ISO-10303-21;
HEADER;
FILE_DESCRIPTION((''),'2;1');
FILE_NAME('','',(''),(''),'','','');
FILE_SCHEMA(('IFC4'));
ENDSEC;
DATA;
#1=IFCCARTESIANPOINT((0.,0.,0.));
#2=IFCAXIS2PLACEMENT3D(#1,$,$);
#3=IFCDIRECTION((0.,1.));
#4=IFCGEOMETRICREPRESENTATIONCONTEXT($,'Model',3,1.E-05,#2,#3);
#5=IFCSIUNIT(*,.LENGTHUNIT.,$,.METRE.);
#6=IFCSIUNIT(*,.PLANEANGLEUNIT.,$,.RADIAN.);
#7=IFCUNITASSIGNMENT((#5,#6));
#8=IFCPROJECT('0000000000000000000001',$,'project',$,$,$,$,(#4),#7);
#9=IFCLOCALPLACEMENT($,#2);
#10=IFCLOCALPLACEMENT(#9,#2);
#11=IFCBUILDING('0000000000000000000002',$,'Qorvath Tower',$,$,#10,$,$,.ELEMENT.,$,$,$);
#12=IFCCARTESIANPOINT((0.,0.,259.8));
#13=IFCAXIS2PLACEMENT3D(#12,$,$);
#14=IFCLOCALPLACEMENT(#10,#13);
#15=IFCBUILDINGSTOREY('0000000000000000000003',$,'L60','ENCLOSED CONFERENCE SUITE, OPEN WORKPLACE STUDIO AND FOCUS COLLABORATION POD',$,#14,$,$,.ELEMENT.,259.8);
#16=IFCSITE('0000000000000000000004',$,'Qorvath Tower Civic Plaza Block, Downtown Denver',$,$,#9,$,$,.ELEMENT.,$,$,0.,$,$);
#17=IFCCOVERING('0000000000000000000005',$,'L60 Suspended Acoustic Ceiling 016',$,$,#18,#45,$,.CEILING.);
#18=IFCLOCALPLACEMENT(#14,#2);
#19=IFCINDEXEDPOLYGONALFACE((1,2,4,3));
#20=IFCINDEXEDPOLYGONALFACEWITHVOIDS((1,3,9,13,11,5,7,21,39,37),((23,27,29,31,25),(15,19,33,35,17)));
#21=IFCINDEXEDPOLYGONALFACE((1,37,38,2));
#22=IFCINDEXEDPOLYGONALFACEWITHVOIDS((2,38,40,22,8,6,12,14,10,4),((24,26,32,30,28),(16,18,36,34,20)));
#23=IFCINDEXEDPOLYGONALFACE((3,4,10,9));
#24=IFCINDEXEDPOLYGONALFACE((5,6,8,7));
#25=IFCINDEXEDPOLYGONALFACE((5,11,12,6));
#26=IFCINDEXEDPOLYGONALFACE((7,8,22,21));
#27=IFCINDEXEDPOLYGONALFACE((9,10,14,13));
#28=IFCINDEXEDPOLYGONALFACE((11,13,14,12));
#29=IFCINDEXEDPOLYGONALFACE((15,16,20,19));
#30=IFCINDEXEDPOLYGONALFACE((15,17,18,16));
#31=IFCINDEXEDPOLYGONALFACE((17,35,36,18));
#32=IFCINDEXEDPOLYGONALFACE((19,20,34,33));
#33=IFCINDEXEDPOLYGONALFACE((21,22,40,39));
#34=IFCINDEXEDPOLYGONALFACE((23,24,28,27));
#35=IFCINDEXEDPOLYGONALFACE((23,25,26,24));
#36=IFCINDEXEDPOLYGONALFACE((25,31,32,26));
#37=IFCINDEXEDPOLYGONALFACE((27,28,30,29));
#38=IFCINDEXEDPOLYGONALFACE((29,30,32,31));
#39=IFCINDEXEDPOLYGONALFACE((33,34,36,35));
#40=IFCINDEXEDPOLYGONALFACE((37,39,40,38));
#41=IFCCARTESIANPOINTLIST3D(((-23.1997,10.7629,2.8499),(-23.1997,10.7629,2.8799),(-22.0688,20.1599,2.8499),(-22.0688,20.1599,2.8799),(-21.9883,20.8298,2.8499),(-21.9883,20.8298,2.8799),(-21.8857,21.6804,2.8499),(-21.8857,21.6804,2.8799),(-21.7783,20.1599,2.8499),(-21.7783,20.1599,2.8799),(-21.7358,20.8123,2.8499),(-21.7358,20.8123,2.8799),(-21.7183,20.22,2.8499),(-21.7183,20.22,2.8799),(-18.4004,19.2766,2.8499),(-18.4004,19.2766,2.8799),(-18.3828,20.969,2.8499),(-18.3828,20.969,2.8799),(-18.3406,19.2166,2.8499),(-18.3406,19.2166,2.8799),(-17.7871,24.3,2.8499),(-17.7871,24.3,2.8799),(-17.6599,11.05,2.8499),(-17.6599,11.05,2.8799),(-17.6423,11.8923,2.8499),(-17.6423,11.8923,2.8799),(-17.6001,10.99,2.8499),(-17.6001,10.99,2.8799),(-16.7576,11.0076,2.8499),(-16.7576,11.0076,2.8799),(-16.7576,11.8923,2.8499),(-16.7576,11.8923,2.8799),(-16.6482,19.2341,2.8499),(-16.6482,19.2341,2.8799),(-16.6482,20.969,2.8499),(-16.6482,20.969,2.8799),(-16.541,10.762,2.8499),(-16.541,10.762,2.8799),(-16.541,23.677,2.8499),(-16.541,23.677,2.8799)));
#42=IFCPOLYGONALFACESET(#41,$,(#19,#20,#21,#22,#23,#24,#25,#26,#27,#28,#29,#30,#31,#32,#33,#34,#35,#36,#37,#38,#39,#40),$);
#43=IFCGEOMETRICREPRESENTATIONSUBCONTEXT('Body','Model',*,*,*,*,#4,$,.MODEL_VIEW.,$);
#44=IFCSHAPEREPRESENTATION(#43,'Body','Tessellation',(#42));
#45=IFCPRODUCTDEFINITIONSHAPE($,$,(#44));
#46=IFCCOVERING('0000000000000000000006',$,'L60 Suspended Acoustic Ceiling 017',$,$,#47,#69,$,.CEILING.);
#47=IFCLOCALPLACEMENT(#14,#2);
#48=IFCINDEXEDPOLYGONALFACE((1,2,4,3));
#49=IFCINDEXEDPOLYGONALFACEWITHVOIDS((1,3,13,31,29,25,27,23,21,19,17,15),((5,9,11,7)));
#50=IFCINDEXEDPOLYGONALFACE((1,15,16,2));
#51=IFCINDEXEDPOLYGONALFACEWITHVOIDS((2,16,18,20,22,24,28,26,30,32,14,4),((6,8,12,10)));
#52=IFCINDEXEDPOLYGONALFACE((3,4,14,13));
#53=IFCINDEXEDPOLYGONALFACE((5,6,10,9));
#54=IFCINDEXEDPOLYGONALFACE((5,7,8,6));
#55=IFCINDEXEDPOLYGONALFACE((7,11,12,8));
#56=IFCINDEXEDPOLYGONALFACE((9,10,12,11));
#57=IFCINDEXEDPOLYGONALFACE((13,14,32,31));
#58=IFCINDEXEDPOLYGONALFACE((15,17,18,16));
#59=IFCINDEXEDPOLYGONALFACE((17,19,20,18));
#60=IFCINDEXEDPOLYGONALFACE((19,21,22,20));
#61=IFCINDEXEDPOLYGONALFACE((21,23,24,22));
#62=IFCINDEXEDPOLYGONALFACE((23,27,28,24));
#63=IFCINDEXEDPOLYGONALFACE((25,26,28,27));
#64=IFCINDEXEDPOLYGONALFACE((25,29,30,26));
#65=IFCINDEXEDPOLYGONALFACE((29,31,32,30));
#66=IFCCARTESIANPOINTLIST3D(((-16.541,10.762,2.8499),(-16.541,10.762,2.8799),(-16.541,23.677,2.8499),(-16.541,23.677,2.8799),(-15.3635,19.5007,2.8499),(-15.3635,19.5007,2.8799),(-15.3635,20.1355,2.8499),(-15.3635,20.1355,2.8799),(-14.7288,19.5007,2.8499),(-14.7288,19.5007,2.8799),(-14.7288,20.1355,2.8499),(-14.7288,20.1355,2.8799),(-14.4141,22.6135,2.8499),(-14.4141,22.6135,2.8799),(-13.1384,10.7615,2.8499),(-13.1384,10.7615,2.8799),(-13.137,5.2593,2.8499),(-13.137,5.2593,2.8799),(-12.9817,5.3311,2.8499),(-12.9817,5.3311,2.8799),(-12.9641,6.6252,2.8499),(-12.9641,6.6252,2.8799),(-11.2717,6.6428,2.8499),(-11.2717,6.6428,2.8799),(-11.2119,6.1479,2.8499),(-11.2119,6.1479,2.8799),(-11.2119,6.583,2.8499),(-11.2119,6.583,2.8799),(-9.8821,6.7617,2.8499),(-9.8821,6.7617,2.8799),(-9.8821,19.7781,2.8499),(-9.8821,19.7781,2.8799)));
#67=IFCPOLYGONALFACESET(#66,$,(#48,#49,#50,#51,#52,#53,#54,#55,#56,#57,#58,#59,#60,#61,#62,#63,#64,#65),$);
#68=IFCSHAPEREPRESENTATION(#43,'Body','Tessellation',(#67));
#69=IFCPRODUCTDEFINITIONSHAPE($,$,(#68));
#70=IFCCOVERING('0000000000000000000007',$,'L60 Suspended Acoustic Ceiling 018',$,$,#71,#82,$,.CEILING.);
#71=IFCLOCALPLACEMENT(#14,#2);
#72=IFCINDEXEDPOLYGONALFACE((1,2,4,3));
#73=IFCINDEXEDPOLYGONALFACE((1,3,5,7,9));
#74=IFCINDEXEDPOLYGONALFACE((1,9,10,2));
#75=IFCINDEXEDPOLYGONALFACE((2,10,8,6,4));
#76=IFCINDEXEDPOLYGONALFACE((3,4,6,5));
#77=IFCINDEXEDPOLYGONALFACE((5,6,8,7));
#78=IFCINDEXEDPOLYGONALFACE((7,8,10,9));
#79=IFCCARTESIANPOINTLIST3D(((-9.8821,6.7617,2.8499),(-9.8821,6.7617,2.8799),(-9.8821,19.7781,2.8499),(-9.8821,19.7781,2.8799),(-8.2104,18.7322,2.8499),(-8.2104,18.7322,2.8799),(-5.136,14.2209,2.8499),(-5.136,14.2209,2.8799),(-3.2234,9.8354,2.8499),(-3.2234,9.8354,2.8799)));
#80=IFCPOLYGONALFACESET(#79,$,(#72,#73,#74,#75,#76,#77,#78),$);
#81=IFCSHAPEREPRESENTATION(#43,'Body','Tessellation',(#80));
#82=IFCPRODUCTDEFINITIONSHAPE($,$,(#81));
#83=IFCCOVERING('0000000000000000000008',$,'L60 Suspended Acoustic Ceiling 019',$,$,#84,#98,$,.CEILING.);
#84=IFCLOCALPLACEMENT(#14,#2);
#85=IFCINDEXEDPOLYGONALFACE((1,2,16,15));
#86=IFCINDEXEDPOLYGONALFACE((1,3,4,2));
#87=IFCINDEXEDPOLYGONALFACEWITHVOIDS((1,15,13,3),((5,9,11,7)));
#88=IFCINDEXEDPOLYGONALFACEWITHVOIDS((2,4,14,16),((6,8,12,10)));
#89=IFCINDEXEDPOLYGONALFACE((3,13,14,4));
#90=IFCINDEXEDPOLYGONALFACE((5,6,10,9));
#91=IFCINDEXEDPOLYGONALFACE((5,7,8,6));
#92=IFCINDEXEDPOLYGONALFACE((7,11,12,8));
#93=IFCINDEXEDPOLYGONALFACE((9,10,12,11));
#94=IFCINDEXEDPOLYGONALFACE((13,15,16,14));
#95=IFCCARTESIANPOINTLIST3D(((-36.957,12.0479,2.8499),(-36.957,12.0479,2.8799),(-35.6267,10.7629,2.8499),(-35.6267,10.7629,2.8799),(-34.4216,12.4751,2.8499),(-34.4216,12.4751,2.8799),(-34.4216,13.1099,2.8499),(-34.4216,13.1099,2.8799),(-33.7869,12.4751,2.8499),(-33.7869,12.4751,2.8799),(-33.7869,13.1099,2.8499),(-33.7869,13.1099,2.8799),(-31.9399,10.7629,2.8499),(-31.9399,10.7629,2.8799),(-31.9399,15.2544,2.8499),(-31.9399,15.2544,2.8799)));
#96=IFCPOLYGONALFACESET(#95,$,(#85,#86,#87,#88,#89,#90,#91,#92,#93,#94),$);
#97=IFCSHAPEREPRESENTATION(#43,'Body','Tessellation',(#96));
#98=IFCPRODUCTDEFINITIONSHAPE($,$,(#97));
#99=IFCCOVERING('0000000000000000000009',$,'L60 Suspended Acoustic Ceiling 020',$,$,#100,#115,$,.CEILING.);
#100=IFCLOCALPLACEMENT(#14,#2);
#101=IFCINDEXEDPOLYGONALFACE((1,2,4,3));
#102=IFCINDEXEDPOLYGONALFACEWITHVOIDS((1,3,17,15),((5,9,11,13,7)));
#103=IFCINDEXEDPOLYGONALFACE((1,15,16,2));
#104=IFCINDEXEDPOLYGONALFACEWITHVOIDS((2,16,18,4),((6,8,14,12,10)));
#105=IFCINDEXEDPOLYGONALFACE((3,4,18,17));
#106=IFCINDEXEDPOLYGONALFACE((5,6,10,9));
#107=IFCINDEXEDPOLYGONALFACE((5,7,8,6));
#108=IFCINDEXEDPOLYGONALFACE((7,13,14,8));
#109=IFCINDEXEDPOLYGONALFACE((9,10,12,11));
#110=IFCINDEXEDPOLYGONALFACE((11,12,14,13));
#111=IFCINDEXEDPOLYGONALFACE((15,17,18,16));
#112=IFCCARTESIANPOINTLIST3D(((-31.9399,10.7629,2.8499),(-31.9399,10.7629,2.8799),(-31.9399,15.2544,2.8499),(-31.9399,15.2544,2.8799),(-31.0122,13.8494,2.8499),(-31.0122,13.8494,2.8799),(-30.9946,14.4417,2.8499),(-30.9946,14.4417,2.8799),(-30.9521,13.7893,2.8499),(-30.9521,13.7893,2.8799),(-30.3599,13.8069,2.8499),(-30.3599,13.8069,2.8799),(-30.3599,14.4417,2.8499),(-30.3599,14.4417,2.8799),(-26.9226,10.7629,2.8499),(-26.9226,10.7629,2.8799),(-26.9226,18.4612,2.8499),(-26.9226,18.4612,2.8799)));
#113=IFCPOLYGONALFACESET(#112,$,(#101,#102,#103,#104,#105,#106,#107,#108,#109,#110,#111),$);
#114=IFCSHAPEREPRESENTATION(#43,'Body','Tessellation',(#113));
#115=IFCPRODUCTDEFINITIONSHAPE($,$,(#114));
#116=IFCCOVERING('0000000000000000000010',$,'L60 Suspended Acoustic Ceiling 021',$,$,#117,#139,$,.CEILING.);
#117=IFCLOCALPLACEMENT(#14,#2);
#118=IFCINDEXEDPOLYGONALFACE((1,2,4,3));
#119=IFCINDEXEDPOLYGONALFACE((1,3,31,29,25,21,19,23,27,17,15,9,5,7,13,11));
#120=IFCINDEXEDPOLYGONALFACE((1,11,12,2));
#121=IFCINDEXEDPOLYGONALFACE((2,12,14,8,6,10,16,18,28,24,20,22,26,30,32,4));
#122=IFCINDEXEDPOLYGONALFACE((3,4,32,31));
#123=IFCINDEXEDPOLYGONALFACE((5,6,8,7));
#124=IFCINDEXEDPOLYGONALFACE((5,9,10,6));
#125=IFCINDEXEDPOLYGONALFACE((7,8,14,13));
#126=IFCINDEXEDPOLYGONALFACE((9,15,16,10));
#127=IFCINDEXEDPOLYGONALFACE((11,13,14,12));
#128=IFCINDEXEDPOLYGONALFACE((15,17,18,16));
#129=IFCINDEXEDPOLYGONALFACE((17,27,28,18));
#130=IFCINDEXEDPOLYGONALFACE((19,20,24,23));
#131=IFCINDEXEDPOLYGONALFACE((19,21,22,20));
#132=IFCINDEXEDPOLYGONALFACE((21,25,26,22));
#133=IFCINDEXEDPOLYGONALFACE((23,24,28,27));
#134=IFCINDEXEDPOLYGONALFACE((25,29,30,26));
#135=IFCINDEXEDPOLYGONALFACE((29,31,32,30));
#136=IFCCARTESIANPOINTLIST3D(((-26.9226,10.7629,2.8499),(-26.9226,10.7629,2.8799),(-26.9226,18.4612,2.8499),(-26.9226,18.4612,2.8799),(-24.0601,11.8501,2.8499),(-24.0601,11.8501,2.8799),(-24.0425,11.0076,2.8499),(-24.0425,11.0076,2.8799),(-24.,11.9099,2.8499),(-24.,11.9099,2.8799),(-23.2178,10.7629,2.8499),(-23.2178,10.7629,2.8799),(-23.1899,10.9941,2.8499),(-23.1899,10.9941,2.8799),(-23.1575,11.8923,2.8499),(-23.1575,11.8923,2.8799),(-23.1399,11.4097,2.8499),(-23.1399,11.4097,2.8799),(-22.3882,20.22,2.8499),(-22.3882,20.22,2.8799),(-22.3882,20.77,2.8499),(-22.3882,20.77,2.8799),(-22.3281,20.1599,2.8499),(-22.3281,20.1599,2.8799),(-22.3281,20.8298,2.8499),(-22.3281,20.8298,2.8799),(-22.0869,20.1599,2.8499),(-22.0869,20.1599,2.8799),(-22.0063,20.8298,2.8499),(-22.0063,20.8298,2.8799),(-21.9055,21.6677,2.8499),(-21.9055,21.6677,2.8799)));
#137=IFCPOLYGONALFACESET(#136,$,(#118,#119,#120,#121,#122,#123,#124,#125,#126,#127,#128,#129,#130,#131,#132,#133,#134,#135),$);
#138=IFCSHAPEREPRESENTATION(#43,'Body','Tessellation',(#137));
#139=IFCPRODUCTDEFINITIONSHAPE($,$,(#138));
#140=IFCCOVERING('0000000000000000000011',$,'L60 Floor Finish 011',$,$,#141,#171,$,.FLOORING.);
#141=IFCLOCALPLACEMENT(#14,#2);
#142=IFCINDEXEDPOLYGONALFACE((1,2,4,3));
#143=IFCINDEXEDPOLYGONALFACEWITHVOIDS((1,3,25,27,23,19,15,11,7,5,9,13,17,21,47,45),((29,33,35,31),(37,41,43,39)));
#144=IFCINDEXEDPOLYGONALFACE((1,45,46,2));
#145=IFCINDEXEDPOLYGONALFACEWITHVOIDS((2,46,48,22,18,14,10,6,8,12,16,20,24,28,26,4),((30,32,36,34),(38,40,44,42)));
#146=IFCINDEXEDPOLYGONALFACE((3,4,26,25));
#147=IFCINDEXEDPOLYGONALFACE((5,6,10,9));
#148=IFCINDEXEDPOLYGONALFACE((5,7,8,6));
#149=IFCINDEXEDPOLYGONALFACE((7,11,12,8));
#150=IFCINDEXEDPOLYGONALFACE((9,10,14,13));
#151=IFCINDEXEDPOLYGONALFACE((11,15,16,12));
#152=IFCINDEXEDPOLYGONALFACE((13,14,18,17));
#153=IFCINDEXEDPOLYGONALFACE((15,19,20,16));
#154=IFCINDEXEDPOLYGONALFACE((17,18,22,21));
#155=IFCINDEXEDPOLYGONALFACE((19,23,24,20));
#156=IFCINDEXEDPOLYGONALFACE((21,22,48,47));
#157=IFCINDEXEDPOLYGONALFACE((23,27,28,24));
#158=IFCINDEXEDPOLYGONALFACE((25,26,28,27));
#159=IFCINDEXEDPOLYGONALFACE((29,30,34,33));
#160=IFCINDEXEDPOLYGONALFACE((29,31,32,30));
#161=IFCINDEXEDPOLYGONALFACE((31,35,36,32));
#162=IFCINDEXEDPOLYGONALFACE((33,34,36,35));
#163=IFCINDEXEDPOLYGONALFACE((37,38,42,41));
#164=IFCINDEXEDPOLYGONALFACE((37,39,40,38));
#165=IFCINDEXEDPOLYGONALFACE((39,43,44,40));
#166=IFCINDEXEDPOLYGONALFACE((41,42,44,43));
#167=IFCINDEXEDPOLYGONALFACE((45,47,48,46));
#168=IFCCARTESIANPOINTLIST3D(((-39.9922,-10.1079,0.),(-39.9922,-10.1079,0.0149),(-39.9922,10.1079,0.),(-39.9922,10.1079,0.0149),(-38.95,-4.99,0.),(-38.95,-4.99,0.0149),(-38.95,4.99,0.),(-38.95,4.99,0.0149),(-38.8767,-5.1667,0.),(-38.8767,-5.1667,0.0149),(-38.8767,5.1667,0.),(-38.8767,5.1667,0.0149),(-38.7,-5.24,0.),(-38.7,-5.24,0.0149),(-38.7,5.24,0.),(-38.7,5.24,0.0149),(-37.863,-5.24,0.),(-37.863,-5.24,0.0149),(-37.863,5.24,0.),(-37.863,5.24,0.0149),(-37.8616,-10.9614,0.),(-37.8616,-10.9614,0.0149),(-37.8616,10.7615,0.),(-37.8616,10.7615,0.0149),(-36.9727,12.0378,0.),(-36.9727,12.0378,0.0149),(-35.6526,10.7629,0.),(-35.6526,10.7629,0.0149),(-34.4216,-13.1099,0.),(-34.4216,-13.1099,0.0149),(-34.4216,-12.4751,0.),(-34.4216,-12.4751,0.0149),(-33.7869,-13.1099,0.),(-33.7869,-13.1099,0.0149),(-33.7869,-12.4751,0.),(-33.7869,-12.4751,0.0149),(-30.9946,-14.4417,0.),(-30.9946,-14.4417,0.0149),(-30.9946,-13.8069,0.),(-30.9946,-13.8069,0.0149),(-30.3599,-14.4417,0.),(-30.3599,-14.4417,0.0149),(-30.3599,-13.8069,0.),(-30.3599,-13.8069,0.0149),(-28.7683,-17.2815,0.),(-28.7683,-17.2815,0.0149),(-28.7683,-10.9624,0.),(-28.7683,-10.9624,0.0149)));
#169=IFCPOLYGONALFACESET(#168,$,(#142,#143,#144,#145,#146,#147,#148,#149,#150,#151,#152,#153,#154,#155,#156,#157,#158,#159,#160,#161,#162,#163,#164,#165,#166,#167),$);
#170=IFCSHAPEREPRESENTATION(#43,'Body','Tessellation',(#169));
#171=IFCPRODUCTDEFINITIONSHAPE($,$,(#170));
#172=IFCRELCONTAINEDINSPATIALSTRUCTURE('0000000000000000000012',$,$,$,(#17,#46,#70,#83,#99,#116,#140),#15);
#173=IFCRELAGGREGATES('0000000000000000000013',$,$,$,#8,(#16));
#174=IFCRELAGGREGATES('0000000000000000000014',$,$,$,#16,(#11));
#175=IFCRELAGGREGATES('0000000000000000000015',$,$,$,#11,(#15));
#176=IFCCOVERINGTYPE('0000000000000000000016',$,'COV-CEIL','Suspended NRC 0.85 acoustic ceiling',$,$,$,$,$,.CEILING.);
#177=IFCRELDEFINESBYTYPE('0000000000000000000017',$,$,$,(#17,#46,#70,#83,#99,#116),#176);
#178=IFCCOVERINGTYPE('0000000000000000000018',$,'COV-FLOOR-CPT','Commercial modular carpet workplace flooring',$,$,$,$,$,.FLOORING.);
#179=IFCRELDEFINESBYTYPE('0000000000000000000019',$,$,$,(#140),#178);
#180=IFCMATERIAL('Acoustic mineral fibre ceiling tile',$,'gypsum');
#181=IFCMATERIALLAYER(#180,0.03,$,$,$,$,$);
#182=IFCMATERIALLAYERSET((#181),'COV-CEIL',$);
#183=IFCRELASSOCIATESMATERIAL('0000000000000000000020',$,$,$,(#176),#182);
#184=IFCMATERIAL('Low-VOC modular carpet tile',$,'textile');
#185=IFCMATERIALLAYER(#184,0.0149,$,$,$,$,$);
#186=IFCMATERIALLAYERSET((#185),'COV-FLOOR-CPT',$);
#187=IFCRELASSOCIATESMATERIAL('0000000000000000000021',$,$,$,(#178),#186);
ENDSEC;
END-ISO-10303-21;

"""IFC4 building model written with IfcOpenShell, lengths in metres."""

from ifc_helpers import new_model, si_unit, direction, frame, origin, place, context, subcontext, project, spatial, polyline, outline, extrude, material, layer, layer_set, type_object, element, save


model = new_model("IFC4")

# Units and contexts
model_context = context("Model", 3, precision=1e-05, world=origin(), true_north=direction((0.0, 1.0)))
body_context = subcontext(model_context, "Body", "Model", "MODEL_VIEW")
ifc_project = project(units=[si_unit("LENGTHUNIT", "METRE"), si_unit("PLANEANGLEUNIT", "RADIAN")], contexts=[model_context])

# Site, building, storey
site_placement = place(None, origin())
site = spatial("IfcSite", under=ifc_project, at=site_placement, Name="Qorvath Tower Civic Plaza Block, Downtown Denver", CompositionType="ELEMENT", RefElevation=0.0)
building_placement = place(site_placement, origin())
building = spatial("IfcBuilding", under=site, at=building_placement, Name="Qorvath Tower", CompositionType="ELEMENT")
storey_placement = place(building_placement, frame((0.0, 0.0, 259.8)))
storey = spatial("IfcBuildingStorey", under=building, at=storey_placement, Name="L60", Description="ENCLOSED CONFERENCE SUITE, OPEN WORKPLACE STUDIO AND FOCUS COLLABORATION POD", CompositionType="ELEMENT", Elevation=259.8)

# Coverings
ifc_material_1 = material(Name="Acoustic mineral fibre ceiling tile", Category="gypsum")
ifc_layer_1 = layer(ifc_material_1, 0.03)
ifc_layer_set_1 = layer_set([ifc_layer_1], Name="COV-CEIL")
covering_type_1 = type_object("IfcCoveringType", Name="COV-CEIL", Description="Suspended NRC 0.85 acoustic ceiling", PredefinedType="CEILING", material=ifc_layer_set_1)
covering_1_placement = place(storey_placement, frame((0.0, 0.0, 2.8499)))
element("IfcCovering", 1, at=covering_1_placement, inside=storey, type_object=covering_type_1, Name="L60 Suspended Acoustic Ceiling 016", PredefinedType="CEILING", context=body_context, shape_type="SweptSolid", body=[
    extrude(outline(polyline([(-17.7871, 24.3), (-21.8857, 21.6804), (-21.9883, 20.8298), (-21.7358, 20.8123), (-21.7183, 20.22), (-21.7783, 20.1599), (-22.0688, 20.1599), (-23.1997, 10.7629), (-16.541, 10.762), (-16.541, 23.677), (-17.7871, 24.3)]), holes=[polyline([(-18.4004, 19.2766), (-18.3828, 20.969), (-16.6482, 20.969), (-16.6482, 19.2341), (-18.3406, 19.2166), (-18.4004, 19.2766)]), polyline([(-17.6599, 11.05), (-17.6423, 11.8923), (-16.7576, 11.8923), (-16.7576, 11.0076), (-17.6001, 10.99), (-17.6599, 11.05)])]), origin(), (0.0, 0.0, 1.0), 0.03),
])
covering_2_placement = place(storey_placement, frame((0.0, 0.0, 2.8499)))
element("IfcCovering", 2, at=covering_2_placement, inside=storey, type_object=covering_type_1, Name="L60 Suspended Acoustic Ceiling 017", PredefinedType="CEILING", context=body_context, shape_type="SweptSolid", body=[
    extrude(outline(polyline([(-16.541, 23.677), (-16.541, 10.762), (-13.1384, 10.7615), (-13.137, 5.2593), (-12.9817, 5.3311), (-12.9641, 6.6252), (-11.2717, 6.6428), (-11.2119, 6.583), (-11.2119, 6.1479), (-9.8821, 6.7617), (-9.8821, 19.7781), (-14.4141, 22.6135), (-16.541, 23.677)]), holes=[polyline([(-15.3635, 19.5007), (-15.3635, 20.1355), (-14.7288, 20.1355), (-14.7288, 19.5007), (-15.3635, 19.5007)])]), origin(), (0.0, 0.0, 1.0), 0.03),
])
covering_3_placement = place(storey_placement, frame((0.0, 0.0, 2.8499)))
element("IfcCovering", 3, at=covering_3_placement, inside=storey, type_object=covering_type_1, Name="L60 Suspended Acoustic Ceiling 018", PredefinedType="CEILING", context=body_context, shape_type="SweptSolid", body=[
    extrude(outline(polyline([(-9.8821, 19.7781), (-9.8821, 6.7617), (-3.2234, 9.8354), (-5.136, 14.2209), (-8.2104, 18.7322), (-9.8821, 19.7781)])), origin(), (0.0, 0.0, 1.0), 0.03),
])
covering_4_placement = place(storey_placement, frame((0.0, 0.0, 2.8499)))
element("IfcCovering", 4, at=covering_4_placement, inside=storey, type_object=covering_type_1, Name="L60 Suspended Acoustic Ceiling 019", PredefinedType="CEILING", context=body_context, shape_type="SweptSolid", body=[
    extrude(outline(polyline([(-31.9399, 10.7629), (-31.9399, 15.2544), (-36.957, 12.0479), (-35.6267, 10.7629), (-31.9399, 10.7629)]), holes=[polyline([(-34.4216, 12.4751), (-34.4216, 13.1099), (-33.7869, 13.1099), (-33.7869, 12.4751), (-34.4216, 12.4751)])]), origin(), (0.0, 0.0, 1.0), 0.03),
])
covering_5_placement = place(storey_placement, frame((0.0, 0.0, 2.8499)))
element("IfcCovering", 5, at=covering_5_placement, inside=storey, type_object=covering_type_1, Name="L60 Suspended Acoustic Ceiling 020", PredefinedType="CEILING", context=body_context, shape_type="SweptSolid", body=[
    extrude(outline(polyline([(-26.9226, 10.7629), (-26.9226, 18.4612), (-31.9399, 15.2544), (-31.9399, 10.7629), (-26.9226, 10.7629)]), holes=[polyline([(-31.0122, 13.8494), (-30.9946, 14.4417), (-30.3599, 14.4417), (-30.3599, 13.8069), (-30.9521, 13.7893), (-31.0122, 13.8494)])]), origin(), (0.0, 0.0, 1.0), 0.03),
])
covering_6_placement = place(storey_placement, frame((0.0, 0.0, 2.8499)))
element("IfcCovering", 6, at=covering_6_placement, inside=storey, type_object=covering_type_1, Name="L60 Suspended Acoustic Ceiling 021", PredefinedType="CEILING", context=body_context, shape_type="SweptSolid", body=[
    extrude(outline(polyline([(-22.3281, 20.8298), (-22.0063, 20.8298), (-21.9055, 21.6677), (-26.9226, 18.4612), (-26.9226, 10.7629), (-23.2178, 10.7629), (-23.1899, 10.9941), (-24.0425, 11.0076), (-24.0601, 11.8501), (-24.0, 11.9099), (-23.1575, 11.8923), (-23.1399, 11.4097), (-22.0869, 20.1599), (-22.3281, 20.1599), (-22.3882, 20.22), (-22.3882, 20.77), (-22.3281, 20.8298)])), origin(), (0.0, 0.0, 1.0), 0.03),
])
ifc_material_2 = material(Name="Low-VOC modular carpet tile", Category="textile")
ifc_layer_2 = layer(ifc_material_2, 0.0149)
ifc_layer_set_2 = layer_set([ifc_layer_2], Name="COV-FLOOR-CPT")
covering_type_2 = type_object("IfcCoveringType", Name="COV-FLOOR-CPT", Description="Commercial modular carpet workplace flooring", PredefinedType="FLOORING", material=ifc_layer_set_2)
covering_7_placement = place(storey_placement, origin())
element("IfcCovering", 7, at=covering_7_placement, inside=storey, type_object=covering_type_2, Name="L60 Floor Finish 011", PredefinedType="FLOORING", context=body_context, shape_type="SweptSolid", body=[
    extrude(outline(polyline([(-39.9922, 10.1079), (-39.9922, -10.1079), (-28.7683, -17.2815), (-28.7683, -10.9624), (-37.8616, -10.9614), (-37.863, -5.24), (-38.7, -5.24), (-38.8767, -5.1667), (-38.95, -4.99), (-38.95, 4.99), (-38.8767, 5.1667), (-38.7, 5.24), (-37.863, 5.24), (-37.8616, 10.7615), (-35.6526, 10.7629), (-36.9727, 12.0378), (-39.9922, 10.1079)]), holes=[polyline([(-30.9946, -14.4417), (-30.9946, -13.8069), (-30.3599, -13.8069), (-30.3599, -14.4417), (-30.9946, -14.4417)]), polyline([(-34.4216, -13.1099), (-34.4216, -12.4751), (-33.7869, -12.4751), (-33.7869, -13.1099), (-34.4216, -13.1099)])]), origin(), (0.0, 0.0, 1.0), 0.0149),
])

save(model, "model.ifc")
